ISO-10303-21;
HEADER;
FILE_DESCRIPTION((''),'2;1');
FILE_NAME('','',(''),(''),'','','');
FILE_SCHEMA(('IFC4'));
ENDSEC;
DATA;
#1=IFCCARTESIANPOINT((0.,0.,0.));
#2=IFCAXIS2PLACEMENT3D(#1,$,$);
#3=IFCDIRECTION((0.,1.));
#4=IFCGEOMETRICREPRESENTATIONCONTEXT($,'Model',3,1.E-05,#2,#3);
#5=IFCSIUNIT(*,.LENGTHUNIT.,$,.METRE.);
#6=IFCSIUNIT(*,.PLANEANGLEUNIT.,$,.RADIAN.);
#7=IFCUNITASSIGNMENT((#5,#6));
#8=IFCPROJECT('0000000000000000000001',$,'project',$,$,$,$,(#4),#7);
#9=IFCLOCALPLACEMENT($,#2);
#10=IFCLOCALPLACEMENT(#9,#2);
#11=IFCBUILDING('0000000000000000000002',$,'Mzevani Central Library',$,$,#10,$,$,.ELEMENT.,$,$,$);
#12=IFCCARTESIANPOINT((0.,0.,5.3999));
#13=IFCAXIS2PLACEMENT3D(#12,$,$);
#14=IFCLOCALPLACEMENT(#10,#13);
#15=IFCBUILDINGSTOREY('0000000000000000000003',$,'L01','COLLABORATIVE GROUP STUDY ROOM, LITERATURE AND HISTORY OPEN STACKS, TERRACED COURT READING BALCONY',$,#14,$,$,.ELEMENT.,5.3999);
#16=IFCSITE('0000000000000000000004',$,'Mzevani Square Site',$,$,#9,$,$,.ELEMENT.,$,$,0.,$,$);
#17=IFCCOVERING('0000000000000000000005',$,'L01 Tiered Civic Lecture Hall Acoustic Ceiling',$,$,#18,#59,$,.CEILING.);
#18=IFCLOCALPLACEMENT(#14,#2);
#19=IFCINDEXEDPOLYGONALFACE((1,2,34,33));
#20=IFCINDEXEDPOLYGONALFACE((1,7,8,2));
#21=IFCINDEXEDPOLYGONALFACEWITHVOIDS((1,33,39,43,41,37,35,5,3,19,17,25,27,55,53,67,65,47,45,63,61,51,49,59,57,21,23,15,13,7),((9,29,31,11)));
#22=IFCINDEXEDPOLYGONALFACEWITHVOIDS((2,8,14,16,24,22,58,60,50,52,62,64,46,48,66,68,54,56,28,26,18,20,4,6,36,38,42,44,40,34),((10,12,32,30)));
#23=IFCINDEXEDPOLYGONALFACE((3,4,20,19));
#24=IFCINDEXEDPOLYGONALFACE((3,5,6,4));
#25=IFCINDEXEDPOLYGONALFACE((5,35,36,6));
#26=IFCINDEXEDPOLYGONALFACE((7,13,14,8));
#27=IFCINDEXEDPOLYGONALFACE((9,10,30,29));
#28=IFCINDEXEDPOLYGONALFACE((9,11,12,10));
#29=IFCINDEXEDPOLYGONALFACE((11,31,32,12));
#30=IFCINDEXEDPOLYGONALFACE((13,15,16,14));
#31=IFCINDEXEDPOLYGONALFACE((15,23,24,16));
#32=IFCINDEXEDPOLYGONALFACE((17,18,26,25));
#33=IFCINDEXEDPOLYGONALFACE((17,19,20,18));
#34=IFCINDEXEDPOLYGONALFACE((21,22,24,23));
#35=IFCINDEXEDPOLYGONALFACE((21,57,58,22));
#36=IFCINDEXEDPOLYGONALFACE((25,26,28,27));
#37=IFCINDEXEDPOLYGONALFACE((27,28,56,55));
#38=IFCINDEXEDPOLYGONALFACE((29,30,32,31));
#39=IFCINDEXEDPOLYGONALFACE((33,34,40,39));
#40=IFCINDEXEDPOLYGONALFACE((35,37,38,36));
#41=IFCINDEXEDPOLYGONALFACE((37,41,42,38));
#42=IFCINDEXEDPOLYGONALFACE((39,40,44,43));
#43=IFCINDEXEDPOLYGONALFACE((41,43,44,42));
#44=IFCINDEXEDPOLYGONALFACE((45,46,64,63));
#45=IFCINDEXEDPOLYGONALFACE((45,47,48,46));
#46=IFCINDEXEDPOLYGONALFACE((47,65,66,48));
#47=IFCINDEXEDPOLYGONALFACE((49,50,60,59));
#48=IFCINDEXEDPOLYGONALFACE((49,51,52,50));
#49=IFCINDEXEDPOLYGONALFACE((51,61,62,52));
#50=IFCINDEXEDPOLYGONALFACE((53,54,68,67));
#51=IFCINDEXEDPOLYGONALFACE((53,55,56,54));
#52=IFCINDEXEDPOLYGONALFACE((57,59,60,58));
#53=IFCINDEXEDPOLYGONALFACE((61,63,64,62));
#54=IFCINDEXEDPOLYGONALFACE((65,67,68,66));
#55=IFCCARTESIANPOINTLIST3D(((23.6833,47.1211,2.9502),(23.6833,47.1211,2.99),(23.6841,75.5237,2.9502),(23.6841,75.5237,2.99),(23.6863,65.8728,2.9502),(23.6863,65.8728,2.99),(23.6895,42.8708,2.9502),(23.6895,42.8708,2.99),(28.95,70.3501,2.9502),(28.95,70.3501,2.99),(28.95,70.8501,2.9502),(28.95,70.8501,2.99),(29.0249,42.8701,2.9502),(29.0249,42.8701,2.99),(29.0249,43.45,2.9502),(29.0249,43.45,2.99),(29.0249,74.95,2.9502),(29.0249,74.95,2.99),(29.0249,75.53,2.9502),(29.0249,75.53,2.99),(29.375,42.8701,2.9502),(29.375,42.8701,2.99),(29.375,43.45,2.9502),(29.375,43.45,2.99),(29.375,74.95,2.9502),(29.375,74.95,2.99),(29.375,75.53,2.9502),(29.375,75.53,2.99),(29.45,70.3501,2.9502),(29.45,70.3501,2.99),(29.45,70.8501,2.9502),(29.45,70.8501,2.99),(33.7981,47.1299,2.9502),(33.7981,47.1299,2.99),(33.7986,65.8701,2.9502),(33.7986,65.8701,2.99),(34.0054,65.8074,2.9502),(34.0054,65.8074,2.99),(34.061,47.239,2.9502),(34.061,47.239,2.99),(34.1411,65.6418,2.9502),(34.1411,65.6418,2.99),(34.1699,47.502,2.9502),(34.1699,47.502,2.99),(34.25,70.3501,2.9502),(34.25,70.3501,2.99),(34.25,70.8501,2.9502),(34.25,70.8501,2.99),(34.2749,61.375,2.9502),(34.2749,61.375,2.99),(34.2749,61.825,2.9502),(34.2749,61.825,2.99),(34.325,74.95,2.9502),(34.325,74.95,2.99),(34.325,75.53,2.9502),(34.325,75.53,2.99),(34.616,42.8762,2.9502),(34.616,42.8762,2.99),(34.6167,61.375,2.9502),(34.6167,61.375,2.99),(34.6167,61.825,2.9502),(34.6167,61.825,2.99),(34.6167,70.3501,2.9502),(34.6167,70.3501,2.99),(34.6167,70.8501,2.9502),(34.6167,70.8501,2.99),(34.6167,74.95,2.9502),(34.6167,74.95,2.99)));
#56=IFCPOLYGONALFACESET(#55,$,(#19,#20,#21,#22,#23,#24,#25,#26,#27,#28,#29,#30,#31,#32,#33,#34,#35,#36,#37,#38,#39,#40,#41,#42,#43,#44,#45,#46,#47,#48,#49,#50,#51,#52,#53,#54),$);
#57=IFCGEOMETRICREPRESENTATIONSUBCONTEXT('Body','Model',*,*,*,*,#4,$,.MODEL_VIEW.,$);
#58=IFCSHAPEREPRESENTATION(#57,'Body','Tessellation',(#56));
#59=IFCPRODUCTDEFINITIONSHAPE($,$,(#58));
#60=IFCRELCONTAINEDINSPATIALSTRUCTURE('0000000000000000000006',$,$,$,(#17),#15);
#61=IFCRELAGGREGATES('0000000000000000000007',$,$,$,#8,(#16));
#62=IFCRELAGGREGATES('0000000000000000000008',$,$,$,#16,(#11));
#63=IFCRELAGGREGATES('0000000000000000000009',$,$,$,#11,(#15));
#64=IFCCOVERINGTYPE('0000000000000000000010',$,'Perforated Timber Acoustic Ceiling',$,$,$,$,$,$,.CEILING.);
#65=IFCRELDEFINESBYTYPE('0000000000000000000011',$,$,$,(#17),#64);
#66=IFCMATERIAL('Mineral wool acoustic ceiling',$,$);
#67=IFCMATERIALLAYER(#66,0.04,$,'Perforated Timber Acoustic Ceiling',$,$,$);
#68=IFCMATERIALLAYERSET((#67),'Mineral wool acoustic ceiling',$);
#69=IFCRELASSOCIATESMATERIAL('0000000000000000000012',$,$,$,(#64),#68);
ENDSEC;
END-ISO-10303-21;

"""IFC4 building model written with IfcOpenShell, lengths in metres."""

from ifc_helpers import new_model, si_unit, direction, frame, origin, place, context, subcontext, project, spatial, polyline, outline, extrude, material, layer, layer_set, type_object, element, save


model = new_model("IFC4")

# Units and contexts
model_context = context("Model", 3, precision=1e-05, world=origin(), true_north=direction((0.0, 1.0)))
body_context = subcontext(model_context, "Body", "Model", "MODEL_VIEW")
ifc_project = project(units=[si_unit("LENGTHUNIT", "METRE"), si_unit("PLANEANGLEUNIT", "RADIAN")], contexts=[model_context])

# Site, building, storey
site_placement = place(None, origin())
site = spatial("IfcSite", under=ifc_project, at=site_placement, Name="Mzevani Square Site", CompositionType="ELEMENT", RefElevation=0.0)
building_placement = place(site_placement, origin())
building = spatial("IfcBuilding", under=site, at=building_placement, Name="Mzevani Central Library", CompositionType="ELEMENT")
storey_placement = place(building_placement, frame((0.0, 0.0, 5.3999)))
storey = spatial("IfcBuildingStorey", under=building, at=storey_placement, Name="L01", Description="COLLABORATIVE GROUP STUDY ROOM, LITERATURE AND HISTORY OPEN STACKS, TERRACED COURT READING BALCONY", CompositionType="ELEMENT", Elevation=5.3999)

# Covering
ifc_material_1 = material(Name="Mineral wool acoustic ceiling")
ifc_layer_1 = layer(ifc_material_1, 0.04, Name="Perforated Timber Acoustic Ceiling")
ifc_layer_set_1 = layer_set([ifc_layer_1], Name="Mineral wool acoustic ceiling")
covering_type = type_object("IfcCoveringType", Name="Perforated Timber Acoustic Ceiling", PredefinedType="CEILING", material=ifc_layer_set_1)
covering_1_placement = place(storey_placement, frame((0.0, 0.0, 2.9502)))
element("IfcCovering", 1, at=covering_1_placement, inside=storey, type_object=covering_type, Name="L01 Tiered Civic Lecture Hall Acoustic Ceiling", PredefinedType="CEILING", context=body_context, shape_type="SweptSolid", body=[
    extrude(outline(polyline([(23.6833, 47.1211), (33.7981, 47.1299), (34.061, 47.239), (34.1699, 47.502), (34.1411, 65.6418), (34.0054, 65.8074), (33.7986, 65.8701), (23.6863, 65.8728), (23.6841, 75.5237), (29.0249, 75.53), (29.0249, 74.95), (29.375, 74.95), (29.375, 75.53), (34.325, 75.53), (34.325, 74.95), (34.6167, 74.95), (34.6167, 70.8501), (34.25, 70.8501), (34.25, 70.3501), (34.6167, 70.3501), (34.6167, 61.825), (34.2749, 61.825), (34.2749, 61.375), (34.6167, 61.375), (34.616, 42.8762), (29.375, 42.8701), (29.375, 43.45), (29.0249, 43.45), (29.0249, 42.8701), (23.6895, 42.8708), (23.6833, 47.1211)]), holes=[polyline([(29.45, 70.8501), (28.95, 70.8501), (28.95, 70.3501), (29.45, 70.3501), (29.45, 70.8501)])]), origin(), (0.0, 0.0, 1.0), 0.0398),
])

save(model, "model.ifc")
